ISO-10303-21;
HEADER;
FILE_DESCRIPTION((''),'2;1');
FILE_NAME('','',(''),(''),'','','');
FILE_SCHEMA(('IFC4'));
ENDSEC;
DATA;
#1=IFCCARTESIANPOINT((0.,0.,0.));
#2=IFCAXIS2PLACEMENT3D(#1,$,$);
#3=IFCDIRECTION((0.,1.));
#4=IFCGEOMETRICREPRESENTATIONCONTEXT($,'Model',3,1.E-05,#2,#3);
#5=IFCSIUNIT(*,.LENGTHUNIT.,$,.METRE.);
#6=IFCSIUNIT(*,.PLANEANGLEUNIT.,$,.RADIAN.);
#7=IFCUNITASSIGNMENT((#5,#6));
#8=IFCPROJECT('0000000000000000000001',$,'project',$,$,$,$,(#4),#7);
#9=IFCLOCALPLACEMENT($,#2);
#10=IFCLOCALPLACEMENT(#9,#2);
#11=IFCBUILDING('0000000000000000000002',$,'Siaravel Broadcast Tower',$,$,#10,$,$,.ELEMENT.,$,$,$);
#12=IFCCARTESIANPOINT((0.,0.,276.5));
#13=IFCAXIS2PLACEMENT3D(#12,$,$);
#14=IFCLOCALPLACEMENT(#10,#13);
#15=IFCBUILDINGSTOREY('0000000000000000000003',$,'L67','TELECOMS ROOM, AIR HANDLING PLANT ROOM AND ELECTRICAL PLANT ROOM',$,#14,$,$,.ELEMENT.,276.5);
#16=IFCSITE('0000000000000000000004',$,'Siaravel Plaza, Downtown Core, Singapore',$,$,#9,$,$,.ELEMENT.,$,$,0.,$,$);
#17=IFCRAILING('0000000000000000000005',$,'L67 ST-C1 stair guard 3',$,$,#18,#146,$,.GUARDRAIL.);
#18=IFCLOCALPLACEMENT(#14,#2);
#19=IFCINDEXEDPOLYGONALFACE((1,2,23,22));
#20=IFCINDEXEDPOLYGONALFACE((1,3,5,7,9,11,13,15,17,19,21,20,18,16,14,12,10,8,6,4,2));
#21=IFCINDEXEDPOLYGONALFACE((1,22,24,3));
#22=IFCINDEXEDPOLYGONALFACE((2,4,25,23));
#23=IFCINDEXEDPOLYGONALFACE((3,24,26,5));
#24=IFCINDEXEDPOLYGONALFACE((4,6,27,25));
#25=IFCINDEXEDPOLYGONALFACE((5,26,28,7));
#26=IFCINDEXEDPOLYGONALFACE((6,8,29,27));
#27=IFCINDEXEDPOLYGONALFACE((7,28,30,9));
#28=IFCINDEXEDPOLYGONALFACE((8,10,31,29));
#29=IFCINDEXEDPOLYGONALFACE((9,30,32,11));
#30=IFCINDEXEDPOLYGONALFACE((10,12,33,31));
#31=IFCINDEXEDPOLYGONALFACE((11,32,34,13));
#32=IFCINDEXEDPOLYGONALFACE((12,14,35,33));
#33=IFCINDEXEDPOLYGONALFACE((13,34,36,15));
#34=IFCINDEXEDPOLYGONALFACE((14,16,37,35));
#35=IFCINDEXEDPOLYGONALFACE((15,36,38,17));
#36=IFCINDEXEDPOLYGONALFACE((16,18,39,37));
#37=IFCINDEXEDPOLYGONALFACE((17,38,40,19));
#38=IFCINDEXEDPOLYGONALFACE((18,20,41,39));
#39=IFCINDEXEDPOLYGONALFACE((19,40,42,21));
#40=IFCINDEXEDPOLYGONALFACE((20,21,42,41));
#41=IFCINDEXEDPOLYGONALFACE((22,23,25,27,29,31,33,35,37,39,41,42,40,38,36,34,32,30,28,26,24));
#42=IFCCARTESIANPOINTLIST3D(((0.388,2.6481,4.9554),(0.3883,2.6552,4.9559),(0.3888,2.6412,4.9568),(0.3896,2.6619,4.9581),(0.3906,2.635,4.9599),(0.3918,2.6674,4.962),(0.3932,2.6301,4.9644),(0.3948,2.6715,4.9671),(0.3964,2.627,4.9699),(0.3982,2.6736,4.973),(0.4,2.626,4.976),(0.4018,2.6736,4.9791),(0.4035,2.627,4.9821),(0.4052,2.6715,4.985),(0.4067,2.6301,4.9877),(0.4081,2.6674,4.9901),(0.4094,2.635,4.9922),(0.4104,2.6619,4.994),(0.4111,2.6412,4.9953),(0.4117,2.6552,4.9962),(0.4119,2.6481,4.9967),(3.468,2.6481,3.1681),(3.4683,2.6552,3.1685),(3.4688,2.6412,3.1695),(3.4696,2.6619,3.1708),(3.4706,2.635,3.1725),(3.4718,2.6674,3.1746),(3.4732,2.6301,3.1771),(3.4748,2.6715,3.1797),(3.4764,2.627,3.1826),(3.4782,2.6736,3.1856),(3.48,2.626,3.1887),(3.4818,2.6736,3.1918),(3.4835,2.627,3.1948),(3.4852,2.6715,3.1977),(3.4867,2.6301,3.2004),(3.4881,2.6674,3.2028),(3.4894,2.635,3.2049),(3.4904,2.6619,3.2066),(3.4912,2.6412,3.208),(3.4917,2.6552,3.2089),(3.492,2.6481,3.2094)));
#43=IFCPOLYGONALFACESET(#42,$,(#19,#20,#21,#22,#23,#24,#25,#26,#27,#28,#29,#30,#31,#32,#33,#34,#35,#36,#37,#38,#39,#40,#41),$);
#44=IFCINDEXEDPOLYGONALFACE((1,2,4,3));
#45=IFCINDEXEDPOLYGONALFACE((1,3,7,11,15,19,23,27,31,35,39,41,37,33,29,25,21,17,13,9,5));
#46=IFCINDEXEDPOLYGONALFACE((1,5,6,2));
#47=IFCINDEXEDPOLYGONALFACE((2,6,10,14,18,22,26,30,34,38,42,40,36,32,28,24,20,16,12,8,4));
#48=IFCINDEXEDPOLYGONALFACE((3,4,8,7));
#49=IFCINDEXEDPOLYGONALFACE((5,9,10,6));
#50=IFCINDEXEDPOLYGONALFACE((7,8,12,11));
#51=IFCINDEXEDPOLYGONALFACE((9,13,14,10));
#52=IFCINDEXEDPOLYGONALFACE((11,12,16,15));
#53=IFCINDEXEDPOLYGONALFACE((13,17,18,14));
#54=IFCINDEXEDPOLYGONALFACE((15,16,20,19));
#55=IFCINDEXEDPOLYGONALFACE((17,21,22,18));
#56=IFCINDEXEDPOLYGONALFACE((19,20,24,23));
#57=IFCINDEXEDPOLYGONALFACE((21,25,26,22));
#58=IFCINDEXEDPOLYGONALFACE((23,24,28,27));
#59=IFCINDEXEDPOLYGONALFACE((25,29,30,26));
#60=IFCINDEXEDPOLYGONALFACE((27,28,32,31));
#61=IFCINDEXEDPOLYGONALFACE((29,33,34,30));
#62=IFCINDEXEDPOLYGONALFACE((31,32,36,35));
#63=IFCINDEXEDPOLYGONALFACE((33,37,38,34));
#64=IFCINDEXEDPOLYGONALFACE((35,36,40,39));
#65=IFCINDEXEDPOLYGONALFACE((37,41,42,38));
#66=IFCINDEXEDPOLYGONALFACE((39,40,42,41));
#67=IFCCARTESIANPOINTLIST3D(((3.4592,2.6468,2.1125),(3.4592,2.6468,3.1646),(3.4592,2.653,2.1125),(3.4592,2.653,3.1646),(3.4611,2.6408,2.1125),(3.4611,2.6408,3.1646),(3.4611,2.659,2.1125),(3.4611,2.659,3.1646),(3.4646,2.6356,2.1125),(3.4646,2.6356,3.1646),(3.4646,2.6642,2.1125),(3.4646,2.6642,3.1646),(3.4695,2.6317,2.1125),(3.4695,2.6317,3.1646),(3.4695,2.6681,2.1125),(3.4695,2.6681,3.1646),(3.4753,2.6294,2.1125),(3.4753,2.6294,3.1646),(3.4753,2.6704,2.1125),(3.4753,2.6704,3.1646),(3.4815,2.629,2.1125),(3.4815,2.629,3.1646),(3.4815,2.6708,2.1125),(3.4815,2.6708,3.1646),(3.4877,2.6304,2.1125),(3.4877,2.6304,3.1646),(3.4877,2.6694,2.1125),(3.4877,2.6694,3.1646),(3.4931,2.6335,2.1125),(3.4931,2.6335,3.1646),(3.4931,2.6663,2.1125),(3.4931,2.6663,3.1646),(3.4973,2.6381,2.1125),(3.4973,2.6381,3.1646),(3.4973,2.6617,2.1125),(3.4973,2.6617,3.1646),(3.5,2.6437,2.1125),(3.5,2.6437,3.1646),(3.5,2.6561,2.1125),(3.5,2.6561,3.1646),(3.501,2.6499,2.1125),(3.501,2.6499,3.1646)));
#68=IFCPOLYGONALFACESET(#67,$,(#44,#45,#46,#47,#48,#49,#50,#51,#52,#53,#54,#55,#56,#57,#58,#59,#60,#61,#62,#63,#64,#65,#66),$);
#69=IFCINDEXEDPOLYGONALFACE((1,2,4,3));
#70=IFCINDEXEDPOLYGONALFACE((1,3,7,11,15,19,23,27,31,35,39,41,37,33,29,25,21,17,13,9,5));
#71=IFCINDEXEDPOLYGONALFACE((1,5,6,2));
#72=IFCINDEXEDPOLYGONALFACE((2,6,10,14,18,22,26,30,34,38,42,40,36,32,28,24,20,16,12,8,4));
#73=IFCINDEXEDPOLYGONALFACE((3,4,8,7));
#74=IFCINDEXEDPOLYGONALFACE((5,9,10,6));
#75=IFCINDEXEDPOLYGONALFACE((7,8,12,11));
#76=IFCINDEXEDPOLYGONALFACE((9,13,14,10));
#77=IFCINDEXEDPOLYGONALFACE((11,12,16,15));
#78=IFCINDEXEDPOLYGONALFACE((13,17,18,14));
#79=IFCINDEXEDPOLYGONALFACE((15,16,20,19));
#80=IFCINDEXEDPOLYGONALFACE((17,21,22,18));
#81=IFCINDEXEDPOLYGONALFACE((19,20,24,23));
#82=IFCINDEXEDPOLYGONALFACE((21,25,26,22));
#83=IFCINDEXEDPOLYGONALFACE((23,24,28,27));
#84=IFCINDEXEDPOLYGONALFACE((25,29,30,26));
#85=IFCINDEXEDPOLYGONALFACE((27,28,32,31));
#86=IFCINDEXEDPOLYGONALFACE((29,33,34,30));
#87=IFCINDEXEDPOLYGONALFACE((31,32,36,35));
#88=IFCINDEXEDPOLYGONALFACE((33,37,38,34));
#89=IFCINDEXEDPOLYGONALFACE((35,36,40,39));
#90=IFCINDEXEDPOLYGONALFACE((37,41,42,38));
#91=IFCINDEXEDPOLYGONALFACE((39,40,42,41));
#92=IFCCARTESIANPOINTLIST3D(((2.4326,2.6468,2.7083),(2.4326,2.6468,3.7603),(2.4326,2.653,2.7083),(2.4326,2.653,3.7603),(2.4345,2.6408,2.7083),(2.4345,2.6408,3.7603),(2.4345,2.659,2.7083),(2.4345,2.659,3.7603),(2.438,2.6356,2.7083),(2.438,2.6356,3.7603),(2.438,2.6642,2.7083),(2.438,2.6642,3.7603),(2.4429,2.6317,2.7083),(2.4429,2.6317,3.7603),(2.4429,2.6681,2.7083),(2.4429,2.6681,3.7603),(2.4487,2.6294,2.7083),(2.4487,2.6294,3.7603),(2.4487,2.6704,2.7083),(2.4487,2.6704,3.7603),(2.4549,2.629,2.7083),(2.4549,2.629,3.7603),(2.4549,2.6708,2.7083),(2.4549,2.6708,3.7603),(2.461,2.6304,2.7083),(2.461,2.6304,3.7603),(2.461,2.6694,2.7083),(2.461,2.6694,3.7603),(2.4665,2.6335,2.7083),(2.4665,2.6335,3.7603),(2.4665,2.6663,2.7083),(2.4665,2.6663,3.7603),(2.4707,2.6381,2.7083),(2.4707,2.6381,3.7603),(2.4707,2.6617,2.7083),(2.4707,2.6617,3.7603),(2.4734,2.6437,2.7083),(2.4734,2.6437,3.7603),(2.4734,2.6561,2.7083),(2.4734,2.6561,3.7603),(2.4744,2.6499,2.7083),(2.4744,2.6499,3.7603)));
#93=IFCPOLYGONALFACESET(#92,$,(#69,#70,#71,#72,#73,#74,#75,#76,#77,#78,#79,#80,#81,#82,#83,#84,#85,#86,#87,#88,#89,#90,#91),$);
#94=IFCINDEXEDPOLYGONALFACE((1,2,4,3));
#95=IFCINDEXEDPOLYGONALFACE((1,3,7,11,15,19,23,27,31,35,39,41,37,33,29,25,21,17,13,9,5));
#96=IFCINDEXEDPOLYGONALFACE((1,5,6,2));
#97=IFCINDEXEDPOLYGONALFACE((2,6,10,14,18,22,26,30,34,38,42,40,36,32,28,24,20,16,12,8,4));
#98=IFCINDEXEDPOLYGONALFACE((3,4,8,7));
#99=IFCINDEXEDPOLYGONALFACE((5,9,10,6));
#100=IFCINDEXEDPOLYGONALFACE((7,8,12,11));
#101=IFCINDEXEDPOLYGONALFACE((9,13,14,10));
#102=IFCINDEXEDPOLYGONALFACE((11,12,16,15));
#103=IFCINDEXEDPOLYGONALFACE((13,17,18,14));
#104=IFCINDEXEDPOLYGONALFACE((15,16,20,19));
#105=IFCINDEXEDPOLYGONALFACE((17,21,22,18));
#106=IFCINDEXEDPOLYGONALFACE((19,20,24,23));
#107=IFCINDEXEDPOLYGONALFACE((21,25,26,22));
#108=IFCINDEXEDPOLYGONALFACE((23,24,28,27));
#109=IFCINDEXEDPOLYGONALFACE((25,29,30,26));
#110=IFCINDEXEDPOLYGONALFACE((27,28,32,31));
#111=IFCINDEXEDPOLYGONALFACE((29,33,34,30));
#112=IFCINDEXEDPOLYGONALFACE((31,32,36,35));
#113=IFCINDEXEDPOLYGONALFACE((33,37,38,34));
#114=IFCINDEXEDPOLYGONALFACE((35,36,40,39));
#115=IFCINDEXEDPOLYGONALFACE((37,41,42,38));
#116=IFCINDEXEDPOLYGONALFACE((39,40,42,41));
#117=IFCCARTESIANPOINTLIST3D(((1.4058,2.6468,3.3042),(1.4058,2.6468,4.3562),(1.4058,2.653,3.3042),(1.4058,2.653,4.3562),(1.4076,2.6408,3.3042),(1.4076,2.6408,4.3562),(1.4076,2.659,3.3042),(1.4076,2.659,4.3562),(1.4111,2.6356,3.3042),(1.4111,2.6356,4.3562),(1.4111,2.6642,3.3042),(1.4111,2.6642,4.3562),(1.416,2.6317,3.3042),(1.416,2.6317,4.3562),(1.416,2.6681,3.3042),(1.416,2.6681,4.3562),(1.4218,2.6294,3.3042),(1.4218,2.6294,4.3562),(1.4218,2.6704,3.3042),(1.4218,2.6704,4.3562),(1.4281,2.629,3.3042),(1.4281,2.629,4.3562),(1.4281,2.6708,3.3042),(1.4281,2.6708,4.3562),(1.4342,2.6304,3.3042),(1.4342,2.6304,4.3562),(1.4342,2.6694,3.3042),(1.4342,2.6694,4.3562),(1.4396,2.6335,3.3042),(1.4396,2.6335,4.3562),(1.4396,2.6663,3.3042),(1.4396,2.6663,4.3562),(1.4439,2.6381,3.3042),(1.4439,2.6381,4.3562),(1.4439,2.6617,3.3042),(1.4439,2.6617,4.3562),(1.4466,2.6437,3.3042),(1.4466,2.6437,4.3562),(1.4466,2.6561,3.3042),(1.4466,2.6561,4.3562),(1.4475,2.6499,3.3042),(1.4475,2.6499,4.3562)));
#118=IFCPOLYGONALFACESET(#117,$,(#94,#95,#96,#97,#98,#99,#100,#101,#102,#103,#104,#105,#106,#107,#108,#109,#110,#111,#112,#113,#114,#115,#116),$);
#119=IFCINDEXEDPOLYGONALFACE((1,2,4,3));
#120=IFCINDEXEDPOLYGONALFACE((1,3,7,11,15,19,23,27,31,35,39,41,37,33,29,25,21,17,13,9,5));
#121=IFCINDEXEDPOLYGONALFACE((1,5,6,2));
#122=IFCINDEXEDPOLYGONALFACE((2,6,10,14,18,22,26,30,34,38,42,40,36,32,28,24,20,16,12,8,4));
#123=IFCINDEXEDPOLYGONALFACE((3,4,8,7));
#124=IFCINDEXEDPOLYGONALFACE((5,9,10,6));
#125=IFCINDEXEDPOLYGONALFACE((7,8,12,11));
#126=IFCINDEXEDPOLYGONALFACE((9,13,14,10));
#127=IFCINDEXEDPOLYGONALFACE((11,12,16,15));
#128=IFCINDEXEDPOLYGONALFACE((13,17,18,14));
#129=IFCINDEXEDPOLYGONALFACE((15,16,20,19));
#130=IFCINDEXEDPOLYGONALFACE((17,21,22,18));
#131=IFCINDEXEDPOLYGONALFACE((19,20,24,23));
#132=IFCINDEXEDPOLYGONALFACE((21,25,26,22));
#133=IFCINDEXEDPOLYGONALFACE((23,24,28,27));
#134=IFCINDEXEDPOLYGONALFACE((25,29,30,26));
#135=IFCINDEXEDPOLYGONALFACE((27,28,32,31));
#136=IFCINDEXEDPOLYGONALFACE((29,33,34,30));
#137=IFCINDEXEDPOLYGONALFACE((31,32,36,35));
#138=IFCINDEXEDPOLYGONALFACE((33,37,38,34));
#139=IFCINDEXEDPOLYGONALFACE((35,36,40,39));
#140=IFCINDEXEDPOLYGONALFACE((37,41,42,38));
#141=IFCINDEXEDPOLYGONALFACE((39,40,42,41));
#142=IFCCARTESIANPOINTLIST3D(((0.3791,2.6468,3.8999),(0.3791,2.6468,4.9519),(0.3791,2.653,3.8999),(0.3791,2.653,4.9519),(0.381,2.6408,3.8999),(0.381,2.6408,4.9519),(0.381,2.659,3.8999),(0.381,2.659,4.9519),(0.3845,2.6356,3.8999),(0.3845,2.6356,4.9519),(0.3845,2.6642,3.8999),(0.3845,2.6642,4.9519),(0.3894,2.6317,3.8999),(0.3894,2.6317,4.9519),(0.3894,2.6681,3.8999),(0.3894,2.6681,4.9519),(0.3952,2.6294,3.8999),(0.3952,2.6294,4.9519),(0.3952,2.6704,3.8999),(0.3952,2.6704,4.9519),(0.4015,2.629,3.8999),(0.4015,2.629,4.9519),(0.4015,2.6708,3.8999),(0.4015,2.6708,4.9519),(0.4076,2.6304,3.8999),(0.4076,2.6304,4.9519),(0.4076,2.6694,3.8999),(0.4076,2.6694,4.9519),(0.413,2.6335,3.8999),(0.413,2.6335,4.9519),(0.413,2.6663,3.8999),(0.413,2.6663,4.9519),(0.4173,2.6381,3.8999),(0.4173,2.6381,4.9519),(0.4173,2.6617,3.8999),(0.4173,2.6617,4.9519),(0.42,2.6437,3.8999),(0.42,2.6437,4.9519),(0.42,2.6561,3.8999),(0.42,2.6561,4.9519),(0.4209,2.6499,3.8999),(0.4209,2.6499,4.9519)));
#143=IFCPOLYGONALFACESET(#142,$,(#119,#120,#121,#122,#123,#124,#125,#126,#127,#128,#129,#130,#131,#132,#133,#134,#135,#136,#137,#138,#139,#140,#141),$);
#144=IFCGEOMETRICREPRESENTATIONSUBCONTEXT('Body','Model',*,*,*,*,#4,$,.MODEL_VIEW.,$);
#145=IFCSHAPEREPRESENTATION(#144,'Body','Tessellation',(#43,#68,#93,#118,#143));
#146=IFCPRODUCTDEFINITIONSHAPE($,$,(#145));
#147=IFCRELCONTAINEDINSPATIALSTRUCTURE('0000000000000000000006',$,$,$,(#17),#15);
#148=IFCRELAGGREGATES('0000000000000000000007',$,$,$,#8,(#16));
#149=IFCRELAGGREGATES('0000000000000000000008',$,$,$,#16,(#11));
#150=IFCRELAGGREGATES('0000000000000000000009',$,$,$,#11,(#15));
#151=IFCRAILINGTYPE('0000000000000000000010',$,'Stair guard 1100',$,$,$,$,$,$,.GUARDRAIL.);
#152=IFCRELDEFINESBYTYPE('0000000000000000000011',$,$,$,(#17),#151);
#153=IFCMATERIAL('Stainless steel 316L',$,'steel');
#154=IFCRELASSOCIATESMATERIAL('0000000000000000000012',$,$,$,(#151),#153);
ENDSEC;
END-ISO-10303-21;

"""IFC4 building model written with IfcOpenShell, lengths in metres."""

from ifc_helpers import new_model, si_unit, direction, frame, origin, origin_2d, place, context, subcontext, project, spatial, circle, extrude, material, type_object, element, save


model = new_model("IFC4")

# Units and contexts
model_context = context("Model", 3, precision=1e-05, world=origin(), true_north=direction((0.0, 1.0)))
body_context = subcontext(model_context, "Body", "Model", "MODEL_VIEW")
ifc_project = project(units=[si_unit("LENGTHUNIT", "METRE"), si_unit("PLANEANGLEUNIT", "RADIAN")], contexts=[model_context])

# Site, building, storey
site_placement = place(None, origin())
site = spatial("IfcSite", under=ifc_project, at=site_placement, Name="Siaravel Plaza, Downtown Core, Singapore", CompositionType="ELEMENT", RefElevation=0.0)
building_placement = place(site_placement, origin())
building = spatial("IfcBuilding", under=site, at=building_placement, Name="Siaravel Broadcast Tower", CompositionType="ELEMENT")
storey_placement = place(building_placement, frame((0.0, 0.0, 276.5)))
storey = spatial("IfcBuildingStorey", under=building, at=storey_placement, Name="L67", Description="TELECOMS ROOM, AIR HANDLING PLANT ROOM AND ELECTRICAL PLANT ROOM", CompositionType="ELEMENT", Elevation=276.5)

# Railing
ifc_material_1 = material(Name="Stainless steel 316L", Category="steel")
railing_type_1 = type_object("IfcRailingType", Name="Stair guard 1100", PredefinedType="GUARDRAIL", material=ifc_material_1)
railing_1_placement = place(storey_placement, frame((3.48, 2.6499, 2.1125)))
element("IfcRailing", 1, at=railing_1_placement, inside=storey, type_object=railing_type_1, Name="L67 ST-C1 stair guard 3", PredefinedType="GUARDRAIL", context=body_context, shape_type="SweptSolid", body=[
    extrude(circle(Radius=0.0239, at=origin_2d()), frame((0.0, 0.0, 1.0762), z_axis=(-0.86492, 0.0, 0.501909), x_axis=(0.0, -1.0, 0.0)), (0.0, 0.0, 1.0), 3.561),
    extrude(circle(Radius=0.021, at=origin_2d()), origin(), (0.0, 0.0, 1.0), 1.052),
    extrude(circle(Radius=0.021, at=origin_2d()), frame((-1.0266, 0.0, 0.5957)), (0.0, 0.0, 1.0), 1.052),
    extrude(circle(Radius=0.021, at=origin_2d()), frame((-2.0535, 0.0, 1.1917)), (0.0, 0.0, 1.0), 1.052),
    extrude(circle(Radius=0.021, at=origin_2d()), frame((-3.0801, 0.0, 1.7874)), (0.0, 0.0, 1.0), 1.052),
])

save(model, "model.ifc")
